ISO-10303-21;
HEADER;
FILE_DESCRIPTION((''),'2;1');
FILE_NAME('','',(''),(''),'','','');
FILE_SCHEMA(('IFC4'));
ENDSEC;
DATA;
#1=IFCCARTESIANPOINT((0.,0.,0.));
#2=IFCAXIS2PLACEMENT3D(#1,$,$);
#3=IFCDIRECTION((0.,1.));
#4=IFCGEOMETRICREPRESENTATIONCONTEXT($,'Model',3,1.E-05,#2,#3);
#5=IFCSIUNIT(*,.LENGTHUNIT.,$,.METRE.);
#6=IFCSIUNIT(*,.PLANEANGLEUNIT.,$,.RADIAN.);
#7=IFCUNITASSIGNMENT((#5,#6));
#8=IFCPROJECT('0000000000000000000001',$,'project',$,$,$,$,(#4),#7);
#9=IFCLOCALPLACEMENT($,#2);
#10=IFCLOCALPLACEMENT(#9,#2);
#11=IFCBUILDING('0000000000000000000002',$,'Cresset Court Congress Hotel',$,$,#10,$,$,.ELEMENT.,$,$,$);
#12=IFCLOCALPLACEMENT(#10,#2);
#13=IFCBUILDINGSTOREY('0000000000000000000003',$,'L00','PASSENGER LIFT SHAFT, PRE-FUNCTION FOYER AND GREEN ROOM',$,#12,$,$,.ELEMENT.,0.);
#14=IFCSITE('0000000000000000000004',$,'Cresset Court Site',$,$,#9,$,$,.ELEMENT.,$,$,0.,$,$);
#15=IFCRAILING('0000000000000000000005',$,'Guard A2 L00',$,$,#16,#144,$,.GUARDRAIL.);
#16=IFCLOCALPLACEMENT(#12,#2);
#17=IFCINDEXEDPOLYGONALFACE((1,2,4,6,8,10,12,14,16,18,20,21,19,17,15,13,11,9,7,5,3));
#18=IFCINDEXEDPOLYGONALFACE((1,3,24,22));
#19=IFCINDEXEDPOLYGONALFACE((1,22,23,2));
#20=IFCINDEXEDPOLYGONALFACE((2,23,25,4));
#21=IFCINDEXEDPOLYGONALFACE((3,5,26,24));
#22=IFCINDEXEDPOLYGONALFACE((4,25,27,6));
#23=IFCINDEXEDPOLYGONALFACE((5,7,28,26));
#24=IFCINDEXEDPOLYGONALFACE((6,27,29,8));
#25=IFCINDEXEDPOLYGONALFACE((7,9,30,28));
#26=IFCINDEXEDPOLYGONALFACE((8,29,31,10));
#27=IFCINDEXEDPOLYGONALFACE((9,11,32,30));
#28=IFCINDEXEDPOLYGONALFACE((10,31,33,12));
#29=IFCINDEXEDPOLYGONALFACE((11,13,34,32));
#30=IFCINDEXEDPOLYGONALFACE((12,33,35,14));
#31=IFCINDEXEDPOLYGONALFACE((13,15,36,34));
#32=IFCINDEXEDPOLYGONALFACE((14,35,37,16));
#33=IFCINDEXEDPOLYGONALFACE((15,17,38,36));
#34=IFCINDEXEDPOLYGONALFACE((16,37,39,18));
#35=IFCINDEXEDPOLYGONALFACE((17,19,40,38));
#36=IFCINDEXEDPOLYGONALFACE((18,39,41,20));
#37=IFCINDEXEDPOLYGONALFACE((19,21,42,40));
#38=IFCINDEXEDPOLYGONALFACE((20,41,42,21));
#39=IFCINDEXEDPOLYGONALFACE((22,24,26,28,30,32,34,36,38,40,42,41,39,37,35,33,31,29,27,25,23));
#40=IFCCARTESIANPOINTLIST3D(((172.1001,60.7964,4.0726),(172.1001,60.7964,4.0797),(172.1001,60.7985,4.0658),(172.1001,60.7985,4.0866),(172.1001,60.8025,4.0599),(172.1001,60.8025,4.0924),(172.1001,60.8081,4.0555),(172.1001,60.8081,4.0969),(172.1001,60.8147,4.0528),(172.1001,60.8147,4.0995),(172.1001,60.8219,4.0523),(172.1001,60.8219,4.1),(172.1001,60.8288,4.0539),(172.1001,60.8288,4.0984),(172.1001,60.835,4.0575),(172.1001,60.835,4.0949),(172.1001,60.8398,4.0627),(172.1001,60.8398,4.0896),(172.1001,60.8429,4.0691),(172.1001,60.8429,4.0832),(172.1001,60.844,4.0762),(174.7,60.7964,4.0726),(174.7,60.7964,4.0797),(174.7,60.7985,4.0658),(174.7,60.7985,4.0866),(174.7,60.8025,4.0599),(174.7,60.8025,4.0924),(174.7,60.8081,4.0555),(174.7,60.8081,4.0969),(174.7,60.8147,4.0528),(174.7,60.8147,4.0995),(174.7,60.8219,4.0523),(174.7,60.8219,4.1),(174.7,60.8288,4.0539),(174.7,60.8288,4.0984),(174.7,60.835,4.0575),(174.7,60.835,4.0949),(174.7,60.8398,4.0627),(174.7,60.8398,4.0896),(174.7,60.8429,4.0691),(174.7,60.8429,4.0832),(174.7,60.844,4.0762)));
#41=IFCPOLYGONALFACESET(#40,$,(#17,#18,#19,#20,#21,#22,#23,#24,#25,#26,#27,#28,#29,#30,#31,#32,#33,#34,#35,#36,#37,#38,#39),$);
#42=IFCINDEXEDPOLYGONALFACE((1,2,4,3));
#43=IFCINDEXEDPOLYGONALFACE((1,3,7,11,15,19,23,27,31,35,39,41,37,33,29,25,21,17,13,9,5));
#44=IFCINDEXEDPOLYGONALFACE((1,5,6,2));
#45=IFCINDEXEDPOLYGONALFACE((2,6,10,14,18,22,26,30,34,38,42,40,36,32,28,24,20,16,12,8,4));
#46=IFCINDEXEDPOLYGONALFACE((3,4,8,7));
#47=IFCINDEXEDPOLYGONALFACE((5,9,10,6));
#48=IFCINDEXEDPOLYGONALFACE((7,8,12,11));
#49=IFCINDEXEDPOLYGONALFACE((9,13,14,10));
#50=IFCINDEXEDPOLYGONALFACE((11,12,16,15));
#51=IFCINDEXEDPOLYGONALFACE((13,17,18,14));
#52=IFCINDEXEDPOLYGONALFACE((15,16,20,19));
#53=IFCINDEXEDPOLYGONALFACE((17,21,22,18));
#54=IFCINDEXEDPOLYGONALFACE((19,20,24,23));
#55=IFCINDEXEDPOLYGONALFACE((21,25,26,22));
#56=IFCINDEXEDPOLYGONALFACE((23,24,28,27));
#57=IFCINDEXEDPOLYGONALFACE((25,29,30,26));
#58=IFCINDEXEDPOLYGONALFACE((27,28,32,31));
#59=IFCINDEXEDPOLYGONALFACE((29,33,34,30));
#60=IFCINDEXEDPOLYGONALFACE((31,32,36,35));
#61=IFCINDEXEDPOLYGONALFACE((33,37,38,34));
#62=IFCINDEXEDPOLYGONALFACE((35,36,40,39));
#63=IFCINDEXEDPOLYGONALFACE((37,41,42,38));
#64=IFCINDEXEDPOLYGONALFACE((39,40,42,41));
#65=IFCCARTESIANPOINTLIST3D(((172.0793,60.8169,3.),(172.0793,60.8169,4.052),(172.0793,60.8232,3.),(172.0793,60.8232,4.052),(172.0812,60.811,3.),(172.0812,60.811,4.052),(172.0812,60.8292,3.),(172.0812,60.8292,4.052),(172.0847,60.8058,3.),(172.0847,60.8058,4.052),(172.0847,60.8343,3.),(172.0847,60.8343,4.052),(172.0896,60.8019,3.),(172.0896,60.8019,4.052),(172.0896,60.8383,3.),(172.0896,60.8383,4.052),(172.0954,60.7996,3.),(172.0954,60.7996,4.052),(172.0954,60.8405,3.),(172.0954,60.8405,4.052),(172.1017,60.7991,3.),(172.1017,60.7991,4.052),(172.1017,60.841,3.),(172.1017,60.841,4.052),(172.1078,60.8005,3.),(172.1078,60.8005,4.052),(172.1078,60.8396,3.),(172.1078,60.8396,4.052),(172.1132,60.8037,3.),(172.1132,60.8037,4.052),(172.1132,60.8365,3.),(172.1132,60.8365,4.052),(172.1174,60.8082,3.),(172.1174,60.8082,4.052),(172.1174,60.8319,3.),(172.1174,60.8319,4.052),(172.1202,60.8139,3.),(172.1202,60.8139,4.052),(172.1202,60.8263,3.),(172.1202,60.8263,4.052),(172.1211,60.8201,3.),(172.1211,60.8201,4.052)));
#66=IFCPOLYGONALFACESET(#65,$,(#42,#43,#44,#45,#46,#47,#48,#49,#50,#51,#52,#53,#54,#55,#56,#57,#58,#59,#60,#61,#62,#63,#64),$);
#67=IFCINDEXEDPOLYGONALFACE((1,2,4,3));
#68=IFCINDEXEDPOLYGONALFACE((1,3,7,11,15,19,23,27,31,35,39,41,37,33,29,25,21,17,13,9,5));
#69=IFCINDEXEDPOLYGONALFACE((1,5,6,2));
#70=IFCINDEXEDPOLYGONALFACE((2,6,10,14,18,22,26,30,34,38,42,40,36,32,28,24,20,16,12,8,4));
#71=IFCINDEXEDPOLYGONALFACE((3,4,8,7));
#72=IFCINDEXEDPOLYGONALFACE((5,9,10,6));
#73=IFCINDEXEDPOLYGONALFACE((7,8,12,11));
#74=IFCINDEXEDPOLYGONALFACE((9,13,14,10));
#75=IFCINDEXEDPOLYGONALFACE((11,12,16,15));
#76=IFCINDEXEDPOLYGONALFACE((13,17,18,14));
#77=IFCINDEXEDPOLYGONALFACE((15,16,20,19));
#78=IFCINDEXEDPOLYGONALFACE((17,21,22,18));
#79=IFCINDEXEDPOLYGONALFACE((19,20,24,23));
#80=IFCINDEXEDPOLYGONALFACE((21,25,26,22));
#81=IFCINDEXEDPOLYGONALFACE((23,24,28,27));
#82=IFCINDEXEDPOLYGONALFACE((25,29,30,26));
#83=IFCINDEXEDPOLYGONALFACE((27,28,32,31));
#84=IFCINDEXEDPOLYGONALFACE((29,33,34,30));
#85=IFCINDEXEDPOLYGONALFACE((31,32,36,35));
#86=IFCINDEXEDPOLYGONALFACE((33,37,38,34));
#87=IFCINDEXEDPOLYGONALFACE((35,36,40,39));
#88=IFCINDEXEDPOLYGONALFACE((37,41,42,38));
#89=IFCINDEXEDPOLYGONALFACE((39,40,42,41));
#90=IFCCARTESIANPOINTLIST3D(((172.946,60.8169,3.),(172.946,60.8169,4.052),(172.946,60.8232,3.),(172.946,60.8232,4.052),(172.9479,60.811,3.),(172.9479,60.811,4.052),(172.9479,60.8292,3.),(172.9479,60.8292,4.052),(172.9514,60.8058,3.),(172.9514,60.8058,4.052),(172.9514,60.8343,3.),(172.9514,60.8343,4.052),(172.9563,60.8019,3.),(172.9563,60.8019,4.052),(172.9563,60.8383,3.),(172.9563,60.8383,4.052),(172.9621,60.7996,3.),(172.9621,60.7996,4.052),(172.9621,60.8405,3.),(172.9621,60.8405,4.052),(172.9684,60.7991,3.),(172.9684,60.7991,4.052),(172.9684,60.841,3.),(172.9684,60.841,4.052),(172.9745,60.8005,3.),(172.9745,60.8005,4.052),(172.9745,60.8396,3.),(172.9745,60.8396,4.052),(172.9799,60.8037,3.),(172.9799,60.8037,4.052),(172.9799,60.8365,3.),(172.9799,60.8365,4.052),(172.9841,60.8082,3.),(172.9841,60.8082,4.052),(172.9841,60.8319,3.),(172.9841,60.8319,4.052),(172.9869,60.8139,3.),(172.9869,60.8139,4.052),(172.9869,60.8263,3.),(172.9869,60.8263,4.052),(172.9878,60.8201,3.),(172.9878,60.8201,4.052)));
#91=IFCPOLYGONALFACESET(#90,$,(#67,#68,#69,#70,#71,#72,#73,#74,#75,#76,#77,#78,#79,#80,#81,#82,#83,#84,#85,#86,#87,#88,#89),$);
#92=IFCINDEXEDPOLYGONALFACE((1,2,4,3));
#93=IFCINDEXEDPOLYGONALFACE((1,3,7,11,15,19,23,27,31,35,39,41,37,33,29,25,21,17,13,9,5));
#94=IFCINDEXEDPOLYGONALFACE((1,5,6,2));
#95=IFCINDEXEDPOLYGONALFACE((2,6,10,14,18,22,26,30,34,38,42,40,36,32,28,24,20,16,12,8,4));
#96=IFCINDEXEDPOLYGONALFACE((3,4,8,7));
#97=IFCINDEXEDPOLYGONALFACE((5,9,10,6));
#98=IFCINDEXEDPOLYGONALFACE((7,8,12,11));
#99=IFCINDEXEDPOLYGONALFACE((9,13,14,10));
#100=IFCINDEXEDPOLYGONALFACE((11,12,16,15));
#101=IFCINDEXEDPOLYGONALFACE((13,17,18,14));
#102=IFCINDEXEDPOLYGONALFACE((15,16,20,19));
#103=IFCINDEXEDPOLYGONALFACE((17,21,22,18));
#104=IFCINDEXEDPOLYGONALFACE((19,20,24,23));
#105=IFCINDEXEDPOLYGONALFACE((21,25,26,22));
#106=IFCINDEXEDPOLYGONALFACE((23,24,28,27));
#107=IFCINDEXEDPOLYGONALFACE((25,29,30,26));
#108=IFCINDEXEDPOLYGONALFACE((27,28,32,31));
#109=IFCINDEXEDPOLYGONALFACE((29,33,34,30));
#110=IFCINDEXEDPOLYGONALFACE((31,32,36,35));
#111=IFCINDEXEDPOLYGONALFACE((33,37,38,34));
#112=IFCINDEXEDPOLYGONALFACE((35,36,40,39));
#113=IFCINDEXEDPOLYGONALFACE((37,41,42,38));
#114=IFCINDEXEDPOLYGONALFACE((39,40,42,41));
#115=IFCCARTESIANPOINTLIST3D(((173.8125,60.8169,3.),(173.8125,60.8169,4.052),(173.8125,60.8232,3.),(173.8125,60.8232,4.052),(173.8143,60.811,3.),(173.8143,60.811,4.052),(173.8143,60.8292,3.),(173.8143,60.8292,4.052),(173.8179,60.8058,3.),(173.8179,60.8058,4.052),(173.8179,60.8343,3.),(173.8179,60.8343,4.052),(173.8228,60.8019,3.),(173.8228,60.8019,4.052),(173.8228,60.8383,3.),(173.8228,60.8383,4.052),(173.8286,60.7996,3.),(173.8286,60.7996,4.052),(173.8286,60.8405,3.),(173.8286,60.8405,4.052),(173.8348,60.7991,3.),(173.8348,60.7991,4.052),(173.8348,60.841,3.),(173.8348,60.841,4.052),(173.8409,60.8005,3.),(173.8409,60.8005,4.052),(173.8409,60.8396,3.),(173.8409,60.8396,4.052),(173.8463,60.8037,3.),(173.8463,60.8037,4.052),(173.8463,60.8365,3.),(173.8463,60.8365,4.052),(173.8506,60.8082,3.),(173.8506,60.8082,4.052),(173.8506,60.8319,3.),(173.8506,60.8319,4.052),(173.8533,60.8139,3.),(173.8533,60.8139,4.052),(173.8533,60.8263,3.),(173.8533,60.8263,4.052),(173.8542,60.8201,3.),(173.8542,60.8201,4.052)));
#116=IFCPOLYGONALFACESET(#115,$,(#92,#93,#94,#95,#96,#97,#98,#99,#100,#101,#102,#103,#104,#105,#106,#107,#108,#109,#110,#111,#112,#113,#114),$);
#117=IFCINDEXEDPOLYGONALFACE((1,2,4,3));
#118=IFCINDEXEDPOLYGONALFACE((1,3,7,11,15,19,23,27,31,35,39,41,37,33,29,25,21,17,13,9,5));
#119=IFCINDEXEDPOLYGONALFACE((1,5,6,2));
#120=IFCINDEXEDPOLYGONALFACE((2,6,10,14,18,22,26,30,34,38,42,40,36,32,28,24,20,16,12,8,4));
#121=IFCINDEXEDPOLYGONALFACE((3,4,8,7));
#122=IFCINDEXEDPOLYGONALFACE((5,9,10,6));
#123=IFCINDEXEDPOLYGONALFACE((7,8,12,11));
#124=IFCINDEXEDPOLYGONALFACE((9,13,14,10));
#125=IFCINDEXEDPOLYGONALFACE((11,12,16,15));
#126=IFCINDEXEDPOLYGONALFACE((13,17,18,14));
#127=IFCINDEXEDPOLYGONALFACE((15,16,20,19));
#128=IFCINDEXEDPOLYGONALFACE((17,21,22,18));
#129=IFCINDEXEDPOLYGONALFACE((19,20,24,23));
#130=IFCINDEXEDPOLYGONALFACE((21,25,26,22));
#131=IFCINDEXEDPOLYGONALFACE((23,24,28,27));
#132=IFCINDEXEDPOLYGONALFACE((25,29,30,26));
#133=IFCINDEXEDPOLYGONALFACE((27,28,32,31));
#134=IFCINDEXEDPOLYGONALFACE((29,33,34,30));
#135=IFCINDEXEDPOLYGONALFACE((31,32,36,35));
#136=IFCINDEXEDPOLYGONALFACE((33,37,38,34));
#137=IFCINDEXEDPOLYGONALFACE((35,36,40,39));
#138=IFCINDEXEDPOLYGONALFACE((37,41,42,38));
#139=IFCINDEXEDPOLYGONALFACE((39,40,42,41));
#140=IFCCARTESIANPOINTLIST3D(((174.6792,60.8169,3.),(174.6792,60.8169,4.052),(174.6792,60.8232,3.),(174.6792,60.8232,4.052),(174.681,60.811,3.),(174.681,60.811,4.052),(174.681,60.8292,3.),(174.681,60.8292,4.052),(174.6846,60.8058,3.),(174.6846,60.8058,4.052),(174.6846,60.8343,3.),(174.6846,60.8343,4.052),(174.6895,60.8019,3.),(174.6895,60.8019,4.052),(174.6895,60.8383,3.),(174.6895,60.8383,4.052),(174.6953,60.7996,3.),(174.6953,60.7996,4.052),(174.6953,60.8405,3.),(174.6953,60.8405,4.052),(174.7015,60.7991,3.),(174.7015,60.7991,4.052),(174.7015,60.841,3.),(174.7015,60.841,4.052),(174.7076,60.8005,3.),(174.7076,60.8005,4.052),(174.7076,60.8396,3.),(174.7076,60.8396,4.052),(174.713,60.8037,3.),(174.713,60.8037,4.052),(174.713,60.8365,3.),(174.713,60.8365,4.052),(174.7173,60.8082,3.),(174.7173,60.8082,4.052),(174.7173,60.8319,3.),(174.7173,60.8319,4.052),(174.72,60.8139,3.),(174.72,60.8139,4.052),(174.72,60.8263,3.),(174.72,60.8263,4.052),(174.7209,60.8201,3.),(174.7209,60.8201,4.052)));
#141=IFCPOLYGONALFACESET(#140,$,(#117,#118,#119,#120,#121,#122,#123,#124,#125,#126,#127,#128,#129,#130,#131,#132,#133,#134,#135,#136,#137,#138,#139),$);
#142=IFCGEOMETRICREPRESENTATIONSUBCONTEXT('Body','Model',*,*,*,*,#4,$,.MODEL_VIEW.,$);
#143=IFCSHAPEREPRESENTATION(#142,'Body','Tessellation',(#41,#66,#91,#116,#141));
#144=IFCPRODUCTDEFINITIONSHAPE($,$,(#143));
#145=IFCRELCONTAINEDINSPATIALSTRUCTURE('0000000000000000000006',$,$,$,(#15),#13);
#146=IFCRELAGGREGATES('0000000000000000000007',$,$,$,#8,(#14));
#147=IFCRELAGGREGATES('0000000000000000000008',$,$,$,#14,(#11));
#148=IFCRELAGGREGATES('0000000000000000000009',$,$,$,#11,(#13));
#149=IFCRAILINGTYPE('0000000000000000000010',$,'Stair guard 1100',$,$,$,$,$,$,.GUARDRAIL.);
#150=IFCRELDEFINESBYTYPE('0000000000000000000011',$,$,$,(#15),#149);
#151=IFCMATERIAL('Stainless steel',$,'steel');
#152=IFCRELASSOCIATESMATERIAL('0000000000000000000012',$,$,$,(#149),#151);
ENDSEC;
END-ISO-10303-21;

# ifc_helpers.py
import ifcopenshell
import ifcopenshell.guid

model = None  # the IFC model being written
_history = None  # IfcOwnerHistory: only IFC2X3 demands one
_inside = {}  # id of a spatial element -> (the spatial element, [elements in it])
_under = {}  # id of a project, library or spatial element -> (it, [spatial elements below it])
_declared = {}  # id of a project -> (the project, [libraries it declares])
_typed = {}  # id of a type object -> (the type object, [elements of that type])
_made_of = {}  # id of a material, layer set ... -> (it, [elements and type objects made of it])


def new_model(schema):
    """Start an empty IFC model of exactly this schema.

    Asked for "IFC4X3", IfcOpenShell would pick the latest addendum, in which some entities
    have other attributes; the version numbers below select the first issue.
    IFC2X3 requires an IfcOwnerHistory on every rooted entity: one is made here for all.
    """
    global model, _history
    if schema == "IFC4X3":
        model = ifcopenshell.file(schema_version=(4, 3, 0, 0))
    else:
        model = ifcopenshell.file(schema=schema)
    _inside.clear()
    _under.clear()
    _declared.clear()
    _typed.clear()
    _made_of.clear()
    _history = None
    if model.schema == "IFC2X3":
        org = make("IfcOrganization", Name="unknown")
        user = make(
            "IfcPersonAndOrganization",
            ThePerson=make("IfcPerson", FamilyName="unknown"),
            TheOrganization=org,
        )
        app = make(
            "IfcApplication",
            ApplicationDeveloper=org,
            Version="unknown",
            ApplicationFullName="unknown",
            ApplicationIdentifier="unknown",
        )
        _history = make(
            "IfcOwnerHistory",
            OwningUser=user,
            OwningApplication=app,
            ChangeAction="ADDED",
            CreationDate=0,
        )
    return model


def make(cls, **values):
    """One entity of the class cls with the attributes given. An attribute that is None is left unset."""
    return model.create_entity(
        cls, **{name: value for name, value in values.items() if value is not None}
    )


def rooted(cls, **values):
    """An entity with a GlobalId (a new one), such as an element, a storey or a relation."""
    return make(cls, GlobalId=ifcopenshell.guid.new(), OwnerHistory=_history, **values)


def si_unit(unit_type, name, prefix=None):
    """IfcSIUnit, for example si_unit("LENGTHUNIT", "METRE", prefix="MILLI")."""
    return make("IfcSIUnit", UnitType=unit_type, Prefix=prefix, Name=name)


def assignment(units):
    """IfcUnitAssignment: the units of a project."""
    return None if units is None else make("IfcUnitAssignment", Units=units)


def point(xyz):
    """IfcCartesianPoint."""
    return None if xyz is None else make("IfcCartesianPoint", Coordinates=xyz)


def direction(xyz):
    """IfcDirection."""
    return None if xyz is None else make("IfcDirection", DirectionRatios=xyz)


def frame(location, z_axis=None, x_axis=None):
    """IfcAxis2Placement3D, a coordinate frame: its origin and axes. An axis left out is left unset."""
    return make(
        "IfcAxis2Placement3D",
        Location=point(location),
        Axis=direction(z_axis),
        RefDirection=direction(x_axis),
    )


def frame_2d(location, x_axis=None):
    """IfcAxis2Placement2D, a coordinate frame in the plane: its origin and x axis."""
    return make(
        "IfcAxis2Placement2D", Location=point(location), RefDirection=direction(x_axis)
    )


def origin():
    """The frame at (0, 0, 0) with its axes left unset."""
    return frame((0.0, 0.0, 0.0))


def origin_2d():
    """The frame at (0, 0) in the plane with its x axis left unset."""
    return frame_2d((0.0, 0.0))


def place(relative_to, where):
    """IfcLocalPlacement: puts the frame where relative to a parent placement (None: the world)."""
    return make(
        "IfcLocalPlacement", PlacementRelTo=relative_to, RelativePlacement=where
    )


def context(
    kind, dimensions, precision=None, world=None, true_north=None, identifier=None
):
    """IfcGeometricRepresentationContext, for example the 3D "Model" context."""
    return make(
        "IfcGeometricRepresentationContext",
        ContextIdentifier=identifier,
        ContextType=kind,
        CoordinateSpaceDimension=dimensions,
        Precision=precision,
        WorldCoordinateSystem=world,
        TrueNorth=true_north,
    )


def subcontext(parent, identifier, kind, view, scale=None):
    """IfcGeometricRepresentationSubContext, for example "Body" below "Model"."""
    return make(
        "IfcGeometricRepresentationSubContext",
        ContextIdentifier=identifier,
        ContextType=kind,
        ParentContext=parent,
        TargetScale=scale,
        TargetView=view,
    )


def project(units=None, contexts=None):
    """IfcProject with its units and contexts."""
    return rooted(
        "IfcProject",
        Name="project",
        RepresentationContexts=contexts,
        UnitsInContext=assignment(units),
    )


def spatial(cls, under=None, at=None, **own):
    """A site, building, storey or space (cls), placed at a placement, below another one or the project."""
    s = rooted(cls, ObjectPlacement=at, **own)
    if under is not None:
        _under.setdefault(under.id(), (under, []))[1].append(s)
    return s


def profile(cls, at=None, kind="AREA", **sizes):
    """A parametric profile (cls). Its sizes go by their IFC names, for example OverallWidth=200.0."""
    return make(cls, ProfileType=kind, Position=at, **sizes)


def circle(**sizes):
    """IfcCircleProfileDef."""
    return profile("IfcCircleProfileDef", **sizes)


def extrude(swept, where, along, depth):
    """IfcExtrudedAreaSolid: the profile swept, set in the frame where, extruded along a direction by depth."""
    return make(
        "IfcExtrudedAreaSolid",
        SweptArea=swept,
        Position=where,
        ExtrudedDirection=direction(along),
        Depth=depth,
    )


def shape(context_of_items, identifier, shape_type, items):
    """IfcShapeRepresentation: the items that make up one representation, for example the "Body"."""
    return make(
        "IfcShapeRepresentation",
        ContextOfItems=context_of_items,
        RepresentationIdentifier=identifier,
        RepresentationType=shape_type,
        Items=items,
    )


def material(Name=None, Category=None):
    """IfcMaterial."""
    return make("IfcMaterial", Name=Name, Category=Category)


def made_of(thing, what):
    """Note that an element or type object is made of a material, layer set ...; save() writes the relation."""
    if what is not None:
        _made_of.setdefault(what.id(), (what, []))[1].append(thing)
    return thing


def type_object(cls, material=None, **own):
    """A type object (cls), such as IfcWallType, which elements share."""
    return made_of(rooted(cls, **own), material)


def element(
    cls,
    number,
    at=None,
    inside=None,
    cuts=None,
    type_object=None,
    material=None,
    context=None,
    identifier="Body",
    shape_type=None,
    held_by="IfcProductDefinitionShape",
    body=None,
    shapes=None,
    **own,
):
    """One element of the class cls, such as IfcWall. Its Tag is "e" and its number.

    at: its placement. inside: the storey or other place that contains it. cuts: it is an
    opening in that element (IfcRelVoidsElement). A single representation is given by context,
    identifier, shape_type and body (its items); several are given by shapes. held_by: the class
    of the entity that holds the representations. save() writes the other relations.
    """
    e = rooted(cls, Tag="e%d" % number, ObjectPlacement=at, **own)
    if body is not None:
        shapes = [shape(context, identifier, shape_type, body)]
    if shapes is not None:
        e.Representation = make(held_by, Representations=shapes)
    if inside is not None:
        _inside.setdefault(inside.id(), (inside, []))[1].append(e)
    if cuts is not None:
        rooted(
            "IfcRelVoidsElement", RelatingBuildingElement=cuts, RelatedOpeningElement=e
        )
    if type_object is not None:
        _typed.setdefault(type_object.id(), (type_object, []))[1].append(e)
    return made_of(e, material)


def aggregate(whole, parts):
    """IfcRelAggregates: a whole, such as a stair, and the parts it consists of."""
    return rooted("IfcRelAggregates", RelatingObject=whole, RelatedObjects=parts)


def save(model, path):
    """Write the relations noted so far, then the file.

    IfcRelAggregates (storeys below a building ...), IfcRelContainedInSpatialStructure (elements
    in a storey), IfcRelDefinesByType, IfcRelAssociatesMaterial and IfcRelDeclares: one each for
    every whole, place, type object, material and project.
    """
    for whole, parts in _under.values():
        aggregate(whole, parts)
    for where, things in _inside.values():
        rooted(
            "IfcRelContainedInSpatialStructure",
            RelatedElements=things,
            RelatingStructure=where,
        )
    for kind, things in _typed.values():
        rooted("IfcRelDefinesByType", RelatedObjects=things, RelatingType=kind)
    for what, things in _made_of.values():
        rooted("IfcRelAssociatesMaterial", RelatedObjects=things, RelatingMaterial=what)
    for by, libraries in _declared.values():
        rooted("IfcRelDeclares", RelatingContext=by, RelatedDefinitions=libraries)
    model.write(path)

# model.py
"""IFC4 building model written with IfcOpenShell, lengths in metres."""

from ifc_helpers import new_model, si_unit, direction, frame, origin, origin_2d, place, context, subcontext, project, spatial, circle, extrude, material, type_object, element, save


model = new_model("IFC4")

# Units and contexts
model_context = context("Model", 3, precision=1e-05, world=origin(), true_north=direction((0.0, 1.0)))
body_context = subcontext(model_context, "Body", "Model", "MODEL_VIEW")
ifc_project = project(units=[si_unit("LENGTHUNIT", "METRE"), si_unit("PLANEANGLEUNIT", "RADIAN")], contexts=[model_context])

# Site, building, storey
site_placement = place(None, origin())
site = spatial("IfcSite", under=ifc_project, at=site_placement, Name="Cresset Court Site", CompositionType="ELEMENT", RefElevation=0.0)
building_placement = place(site_placement, origin())
building = spatial("IfcBuilding", under=site, at=building_placement, Name="Cresset Court Congress Hotel", CompositionType="ELEMENT")
storey_placement = place(building_placement, origin())
storey = spatial("IfcBuildingStorey", under=building, at=storey_placement, Name="L00", Description="PASSENGER LIFT SHAFT, PRE-FUNCTION FOYER AND GREEN ROOM", CompositionType="ELEMENT", Elevation=0.0)

# Railing
ifc_material_1 = material(Name="Stainless steel", Category="steel")
railing_type_1 = type_object("IfcRailingType", Name="Stair guard 1100", PredefinedType="GUARDRAIL", material=ifc_material_1)
for number, where, name in (
    (1, (172.1001, 60.8201, 3.0), "Guard A2 L00"),
):
    element("IfcRailing", number, at=place(storey_placement, frame(where)), inside=storey, type_object=railing_type_1, Name=name, PredefinedType="GUARDRAIL", context=body_context, shape_type="SweptSolid", body=[
        extrude(circle(Radius=0.0239, at=origin_2d()), frame((0.0, 0.0, 1.0762), z_axis=(1.0, 0.0, 0.0), x_axis=(0.0, 1.0, 0.0)), (0.0, 0.0, 1.0), 2.5999),
        extrude(circle(Radius=0.021, at=origin_2d()), origin(), (0.0, 0.0, 1.0), 1.052),
        extrude(circle(Radius=0.021, at=origin_2d()), frame((0.8667, 0.0, 0.0)), (0.0, 0.0, 1.0), 1.052),
        extrude(circle(Radius=0.021, at=origin_2d()), frame((1.7332, 0.0, 0.0)), (0.0, 0.0, 1.0), 1.052),
        extrude(circle(Radius=0.021, at=origin_2d()), frame((2.5999, 0.0, 0.0)), (0.0, 0.0, 1.0), 1.052),
    ])

save(model, "model.ifc")
